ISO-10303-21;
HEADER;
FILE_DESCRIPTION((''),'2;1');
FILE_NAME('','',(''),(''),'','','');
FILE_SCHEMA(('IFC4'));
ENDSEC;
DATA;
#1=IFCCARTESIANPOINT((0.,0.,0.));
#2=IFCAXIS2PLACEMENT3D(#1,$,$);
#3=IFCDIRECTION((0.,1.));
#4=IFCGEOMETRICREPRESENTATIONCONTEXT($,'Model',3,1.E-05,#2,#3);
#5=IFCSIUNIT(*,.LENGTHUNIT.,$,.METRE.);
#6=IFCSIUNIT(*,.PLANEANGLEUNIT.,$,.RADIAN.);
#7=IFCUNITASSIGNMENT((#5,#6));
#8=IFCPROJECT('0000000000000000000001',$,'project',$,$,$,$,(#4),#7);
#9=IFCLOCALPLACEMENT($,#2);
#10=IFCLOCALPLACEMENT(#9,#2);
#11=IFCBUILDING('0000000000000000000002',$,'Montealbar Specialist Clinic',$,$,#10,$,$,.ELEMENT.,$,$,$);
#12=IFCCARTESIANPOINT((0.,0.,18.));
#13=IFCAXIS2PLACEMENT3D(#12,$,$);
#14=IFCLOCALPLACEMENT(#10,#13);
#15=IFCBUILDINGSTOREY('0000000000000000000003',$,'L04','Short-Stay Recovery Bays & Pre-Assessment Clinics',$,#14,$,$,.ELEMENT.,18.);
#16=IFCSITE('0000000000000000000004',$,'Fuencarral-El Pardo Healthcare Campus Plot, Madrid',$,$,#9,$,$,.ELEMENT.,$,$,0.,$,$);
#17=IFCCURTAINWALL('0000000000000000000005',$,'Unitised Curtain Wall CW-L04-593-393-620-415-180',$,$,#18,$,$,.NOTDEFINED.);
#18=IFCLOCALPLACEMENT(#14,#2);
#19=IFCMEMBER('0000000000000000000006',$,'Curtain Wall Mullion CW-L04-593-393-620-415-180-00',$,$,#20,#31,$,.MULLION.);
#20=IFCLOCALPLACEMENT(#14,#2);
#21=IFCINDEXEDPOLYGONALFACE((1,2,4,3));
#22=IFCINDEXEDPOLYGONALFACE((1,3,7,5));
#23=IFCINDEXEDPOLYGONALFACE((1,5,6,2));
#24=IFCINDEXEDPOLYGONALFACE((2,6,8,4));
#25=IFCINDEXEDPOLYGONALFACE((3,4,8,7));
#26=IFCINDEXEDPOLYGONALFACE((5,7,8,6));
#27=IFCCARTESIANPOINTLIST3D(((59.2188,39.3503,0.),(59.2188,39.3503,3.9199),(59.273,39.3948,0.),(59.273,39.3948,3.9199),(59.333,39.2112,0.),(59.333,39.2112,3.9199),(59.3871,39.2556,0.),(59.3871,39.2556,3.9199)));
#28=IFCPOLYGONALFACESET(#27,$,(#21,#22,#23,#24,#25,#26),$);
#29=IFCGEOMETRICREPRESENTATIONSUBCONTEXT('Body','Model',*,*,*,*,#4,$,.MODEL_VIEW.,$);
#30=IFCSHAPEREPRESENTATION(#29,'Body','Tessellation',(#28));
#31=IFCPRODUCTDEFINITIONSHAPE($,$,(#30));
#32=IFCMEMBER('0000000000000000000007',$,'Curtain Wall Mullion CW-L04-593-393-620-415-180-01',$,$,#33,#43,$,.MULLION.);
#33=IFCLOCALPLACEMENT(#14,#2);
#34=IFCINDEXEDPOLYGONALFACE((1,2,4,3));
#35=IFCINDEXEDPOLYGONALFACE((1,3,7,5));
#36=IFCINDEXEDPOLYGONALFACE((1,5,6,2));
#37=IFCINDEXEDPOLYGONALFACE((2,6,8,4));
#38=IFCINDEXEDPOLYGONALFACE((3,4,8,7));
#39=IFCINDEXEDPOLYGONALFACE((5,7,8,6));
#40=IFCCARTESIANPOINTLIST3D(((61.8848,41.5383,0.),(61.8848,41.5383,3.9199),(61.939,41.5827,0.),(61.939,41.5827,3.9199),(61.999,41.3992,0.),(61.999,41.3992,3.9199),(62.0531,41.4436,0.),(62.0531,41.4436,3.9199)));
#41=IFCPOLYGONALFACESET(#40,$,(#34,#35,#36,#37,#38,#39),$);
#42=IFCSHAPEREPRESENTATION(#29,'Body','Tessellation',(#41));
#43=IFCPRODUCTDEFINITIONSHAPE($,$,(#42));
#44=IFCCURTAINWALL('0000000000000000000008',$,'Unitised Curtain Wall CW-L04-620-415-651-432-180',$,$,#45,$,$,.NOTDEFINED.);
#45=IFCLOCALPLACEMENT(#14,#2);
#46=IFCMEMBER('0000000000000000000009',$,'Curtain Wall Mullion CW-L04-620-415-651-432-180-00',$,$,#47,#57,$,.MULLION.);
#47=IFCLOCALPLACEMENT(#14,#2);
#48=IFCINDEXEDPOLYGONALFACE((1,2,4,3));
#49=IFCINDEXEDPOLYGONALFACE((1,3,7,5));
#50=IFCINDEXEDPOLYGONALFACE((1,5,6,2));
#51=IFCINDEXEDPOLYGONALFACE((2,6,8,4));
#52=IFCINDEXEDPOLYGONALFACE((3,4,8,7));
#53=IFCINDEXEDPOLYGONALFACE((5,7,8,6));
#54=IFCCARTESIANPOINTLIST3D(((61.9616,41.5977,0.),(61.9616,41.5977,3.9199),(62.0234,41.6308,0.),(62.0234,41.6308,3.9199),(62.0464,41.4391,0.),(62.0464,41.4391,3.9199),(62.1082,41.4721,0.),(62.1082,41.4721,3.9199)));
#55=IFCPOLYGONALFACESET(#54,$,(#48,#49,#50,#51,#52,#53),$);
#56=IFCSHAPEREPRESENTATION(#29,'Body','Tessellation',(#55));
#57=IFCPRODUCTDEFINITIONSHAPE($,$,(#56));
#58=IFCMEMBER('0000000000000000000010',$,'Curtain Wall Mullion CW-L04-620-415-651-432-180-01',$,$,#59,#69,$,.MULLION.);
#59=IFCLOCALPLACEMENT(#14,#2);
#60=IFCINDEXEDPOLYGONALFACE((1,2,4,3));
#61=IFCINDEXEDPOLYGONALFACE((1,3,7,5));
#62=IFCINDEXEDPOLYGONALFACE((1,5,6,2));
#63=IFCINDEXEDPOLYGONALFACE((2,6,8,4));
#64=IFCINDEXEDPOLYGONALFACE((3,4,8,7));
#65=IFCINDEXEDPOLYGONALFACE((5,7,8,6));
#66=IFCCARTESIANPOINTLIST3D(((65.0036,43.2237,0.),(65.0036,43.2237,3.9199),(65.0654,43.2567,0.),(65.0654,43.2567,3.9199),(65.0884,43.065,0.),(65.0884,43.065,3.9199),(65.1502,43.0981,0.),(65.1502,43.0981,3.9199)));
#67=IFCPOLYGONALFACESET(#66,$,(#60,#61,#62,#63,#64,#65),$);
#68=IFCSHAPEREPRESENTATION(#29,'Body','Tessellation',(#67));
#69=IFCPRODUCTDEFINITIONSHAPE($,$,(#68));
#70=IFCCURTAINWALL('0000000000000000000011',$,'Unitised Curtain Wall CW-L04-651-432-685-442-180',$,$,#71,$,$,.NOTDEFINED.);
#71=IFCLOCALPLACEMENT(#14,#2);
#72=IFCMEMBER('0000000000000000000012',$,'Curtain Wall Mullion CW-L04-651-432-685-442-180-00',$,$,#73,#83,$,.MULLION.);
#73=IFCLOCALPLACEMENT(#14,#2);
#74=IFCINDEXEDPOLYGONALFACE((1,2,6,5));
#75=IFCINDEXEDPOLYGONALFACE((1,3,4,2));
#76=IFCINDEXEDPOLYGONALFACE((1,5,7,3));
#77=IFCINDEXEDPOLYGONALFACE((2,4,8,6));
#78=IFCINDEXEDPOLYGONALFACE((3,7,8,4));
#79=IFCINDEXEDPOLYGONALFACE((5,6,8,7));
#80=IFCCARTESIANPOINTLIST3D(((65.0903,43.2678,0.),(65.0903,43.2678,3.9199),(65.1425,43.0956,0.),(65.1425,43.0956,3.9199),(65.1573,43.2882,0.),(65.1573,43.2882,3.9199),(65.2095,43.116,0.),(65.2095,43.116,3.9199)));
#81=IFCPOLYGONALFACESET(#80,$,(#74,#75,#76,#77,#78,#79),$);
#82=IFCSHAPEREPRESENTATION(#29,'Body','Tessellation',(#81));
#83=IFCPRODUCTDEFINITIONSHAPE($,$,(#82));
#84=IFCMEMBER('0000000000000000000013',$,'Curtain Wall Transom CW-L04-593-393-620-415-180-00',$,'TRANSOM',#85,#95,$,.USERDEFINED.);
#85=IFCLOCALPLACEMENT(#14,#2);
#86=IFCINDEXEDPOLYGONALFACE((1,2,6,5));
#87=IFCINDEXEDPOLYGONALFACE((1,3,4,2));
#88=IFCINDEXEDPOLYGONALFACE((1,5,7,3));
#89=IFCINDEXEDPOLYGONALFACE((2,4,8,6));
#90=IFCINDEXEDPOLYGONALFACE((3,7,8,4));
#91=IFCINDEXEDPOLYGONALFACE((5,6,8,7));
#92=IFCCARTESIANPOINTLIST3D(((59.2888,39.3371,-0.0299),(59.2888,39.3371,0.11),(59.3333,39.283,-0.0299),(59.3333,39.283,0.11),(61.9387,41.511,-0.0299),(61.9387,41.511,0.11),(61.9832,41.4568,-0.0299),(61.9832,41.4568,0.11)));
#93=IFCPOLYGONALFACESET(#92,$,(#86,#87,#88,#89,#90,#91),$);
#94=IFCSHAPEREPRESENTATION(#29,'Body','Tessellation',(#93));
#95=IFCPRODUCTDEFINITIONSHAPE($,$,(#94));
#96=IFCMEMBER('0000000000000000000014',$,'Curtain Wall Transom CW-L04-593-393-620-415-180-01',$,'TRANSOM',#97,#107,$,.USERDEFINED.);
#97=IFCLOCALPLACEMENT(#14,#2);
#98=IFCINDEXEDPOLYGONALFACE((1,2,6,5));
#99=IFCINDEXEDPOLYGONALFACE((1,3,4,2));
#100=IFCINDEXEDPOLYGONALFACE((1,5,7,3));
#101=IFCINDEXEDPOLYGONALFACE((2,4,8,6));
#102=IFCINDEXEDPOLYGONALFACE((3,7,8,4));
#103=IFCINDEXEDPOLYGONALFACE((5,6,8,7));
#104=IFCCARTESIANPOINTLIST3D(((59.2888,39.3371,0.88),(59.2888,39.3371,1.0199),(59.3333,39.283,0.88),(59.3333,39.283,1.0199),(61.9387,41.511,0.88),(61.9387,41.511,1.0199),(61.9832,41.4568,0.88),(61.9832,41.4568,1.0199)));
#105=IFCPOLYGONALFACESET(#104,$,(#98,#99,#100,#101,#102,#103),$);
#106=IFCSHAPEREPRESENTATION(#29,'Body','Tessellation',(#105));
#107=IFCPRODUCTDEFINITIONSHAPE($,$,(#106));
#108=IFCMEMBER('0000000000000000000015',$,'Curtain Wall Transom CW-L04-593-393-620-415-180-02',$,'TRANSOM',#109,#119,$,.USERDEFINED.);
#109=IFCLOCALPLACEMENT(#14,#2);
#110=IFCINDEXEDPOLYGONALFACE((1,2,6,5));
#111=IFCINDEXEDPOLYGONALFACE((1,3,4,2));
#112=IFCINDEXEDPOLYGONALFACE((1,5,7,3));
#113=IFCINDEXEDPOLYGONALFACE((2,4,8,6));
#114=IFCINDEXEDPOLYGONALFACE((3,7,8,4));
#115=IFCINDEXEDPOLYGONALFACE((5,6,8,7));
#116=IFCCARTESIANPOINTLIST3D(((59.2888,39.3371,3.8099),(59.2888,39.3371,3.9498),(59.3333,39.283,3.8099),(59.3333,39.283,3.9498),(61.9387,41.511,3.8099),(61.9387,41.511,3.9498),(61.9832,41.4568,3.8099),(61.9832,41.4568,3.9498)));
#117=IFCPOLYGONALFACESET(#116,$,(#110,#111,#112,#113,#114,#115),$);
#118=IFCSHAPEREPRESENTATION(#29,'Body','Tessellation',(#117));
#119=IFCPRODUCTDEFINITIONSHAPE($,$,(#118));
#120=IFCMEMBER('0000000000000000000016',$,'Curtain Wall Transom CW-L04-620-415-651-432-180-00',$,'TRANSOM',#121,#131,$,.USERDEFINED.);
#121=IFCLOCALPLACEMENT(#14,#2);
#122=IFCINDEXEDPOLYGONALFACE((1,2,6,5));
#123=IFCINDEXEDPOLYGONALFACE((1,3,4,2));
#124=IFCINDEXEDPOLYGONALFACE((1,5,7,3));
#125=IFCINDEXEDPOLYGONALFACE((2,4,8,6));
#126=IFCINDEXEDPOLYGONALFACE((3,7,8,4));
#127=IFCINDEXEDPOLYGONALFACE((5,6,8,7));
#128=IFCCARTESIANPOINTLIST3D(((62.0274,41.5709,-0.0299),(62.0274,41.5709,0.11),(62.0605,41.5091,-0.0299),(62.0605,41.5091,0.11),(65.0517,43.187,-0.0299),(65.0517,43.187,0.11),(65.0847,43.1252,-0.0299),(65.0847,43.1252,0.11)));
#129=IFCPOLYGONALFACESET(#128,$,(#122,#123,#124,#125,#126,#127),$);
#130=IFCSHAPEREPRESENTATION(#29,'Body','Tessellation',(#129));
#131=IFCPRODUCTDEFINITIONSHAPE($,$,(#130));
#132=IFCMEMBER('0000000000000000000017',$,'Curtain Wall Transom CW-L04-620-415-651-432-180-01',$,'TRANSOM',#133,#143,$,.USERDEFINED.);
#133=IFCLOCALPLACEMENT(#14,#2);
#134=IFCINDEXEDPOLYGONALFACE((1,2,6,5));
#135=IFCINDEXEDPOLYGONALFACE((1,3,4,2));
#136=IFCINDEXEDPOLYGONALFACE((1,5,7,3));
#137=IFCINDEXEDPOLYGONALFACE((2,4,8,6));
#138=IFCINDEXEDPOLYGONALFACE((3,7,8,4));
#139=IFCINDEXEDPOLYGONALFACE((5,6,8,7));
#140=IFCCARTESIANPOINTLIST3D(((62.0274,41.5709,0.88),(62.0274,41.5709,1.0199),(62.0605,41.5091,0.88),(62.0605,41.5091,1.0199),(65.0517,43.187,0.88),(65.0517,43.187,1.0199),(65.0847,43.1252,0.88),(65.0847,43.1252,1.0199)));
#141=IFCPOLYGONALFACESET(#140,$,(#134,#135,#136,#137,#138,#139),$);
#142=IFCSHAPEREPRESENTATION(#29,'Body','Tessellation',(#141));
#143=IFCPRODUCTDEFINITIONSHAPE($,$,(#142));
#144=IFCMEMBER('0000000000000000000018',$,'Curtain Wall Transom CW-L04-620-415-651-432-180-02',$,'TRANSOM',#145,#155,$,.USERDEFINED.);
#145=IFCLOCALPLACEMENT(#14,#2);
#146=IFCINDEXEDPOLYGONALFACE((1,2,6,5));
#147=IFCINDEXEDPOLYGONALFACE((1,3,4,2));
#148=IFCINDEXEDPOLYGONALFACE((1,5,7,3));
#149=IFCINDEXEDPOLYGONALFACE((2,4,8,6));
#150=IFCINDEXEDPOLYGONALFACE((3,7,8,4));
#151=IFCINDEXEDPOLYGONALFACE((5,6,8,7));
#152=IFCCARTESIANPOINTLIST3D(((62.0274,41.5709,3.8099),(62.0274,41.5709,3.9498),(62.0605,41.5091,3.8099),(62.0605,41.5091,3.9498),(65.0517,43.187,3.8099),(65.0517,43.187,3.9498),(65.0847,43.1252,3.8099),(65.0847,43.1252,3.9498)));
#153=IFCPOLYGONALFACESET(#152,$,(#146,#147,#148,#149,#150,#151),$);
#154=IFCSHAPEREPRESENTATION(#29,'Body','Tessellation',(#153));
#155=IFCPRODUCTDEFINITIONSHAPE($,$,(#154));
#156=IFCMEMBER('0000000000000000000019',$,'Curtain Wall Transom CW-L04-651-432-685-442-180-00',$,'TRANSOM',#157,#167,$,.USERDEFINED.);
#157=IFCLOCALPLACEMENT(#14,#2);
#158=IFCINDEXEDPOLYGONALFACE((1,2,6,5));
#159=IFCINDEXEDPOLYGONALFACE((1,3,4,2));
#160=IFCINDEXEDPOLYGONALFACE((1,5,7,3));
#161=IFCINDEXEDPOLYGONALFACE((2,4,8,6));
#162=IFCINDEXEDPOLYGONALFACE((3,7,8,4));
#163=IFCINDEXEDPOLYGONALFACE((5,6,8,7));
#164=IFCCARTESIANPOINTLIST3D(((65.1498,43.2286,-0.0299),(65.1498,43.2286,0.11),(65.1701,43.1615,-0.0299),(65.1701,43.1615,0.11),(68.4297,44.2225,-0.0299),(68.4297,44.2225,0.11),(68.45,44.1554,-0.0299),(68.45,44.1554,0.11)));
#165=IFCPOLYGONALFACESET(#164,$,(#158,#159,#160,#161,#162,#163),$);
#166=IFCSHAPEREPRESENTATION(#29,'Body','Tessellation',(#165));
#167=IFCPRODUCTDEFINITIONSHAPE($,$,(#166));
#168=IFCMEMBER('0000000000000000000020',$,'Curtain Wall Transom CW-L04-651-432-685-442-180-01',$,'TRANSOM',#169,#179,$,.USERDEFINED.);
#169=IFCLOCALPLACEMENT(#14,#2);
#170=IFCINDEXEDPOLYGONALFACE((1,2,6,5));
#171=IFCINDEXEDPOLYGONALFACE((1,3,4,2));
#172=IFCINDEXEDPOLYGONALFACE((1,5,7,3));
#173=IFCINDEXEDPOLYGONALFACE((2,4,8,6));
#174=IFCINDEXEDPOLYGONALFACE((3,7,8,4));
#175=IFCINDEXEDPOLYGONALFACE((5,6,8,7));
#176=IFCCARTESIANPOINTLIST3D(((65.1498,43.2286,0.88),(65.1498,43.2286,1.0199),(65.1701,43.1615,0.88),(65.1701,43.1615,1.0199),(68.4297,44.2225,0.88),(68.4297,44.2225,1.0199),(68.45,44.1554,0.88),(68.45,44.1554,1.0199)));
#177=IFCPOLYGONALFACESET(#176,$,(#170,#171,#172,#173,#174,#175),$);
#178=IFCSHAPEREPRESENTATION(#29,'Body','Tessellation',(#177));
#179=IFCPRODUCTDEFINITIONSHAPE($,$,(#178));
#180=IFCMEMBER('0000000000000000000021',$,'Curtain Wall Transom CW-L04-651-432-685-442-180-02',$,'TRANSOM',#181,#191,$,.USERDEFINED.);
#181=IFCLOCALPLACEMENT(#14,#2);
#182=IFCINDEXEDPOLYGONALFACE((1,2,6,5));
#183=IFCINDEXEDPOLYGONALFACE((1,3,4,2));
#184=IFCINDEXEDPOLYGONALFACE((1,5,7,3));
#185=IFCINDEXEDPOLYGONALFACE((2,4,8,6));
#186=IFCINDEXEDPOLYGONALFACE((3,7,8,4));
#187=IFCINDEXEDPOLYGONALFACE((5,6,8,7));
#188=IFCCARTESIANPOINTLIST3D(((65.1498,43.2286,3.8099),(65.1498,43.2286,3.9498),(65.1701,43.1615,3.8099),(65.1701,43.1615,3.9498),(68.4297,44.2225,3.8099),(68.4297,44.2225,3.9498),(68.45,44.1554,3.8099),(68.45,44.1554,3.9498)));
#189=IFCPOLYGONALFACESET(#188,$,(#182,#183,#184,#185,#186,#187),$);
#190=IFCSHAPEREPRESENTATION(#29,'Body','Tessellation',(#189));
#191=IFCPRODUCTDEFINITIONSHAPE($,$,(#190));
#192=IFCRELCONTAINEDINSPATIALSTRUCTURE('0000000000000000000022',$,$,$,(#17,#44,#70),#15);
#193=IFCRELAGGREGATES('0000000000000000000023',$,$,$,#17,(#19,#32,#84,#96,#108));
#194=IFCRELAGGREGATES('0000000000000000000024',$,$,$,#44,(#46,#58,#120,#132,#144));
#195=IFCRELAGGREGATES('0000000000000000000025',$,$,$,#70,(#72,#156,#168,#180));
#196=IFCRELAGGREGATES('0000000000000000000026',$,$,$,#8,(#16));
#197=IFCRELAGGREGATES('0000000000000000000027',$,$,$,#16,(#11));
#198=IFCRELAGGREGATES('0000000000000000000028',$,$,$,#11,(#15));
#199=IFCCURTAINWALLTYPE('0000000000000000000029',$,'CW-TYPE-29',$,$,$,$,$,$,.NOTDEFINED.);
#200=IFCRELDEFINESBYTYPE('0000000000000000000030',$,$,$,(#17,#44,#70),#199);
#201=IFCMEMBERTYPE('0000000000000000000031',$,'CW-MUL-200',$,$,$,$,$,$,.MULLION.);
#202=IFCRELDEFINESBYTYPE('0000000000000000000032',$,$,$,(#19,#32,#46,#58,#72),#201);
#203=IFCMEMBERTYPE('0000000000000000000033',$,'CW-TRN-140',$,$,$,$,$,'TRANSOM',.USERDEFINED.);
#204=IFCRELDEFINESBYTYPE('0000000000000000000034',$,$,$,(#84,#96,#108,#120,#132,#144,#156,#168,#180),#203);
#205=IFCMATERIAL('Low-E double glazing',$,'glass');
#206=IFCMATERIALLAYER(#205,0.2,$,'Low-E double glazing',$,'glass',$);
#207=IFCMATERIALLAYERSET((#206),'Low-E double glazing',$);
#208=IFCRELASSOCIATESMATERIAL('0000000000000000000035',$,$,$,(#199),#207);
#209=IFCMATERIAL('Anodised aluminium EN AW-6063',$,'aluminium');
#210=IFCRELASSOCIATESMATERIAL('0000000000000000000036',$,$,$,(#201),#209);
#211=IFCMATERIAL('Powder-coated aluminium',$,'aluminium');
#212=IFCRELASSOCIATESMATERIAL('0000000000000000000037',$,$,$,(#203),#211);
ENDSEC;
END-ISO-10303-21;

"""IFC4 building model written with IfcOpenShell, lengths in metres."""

from ifc_helpers import new_model, si_unit, direction, frame, origin, origin_2d, place, context, subcontext, project, spatial, rectangle, extrude, material, layer, layer_set, material_profile, profile_set, type_object, element, aggregate, save


model = new_model("IFC4")

# Units and contexts
model_context = context("Model", 3, precision=1e-05, world=origin(), true_north=direction((0.0, 1.0)))
body_context = subcontext(model_context, "Body", "Model", "MODEL_VIEW")
ifc_project = project(units=[si_unit("LENGTHUNIT", "METRE"), si_unit("PLANEANGLEUNIT", "RADIAN")], contexts=[model_context])

# Site, building, storey
site_placement = place(None, origin())
site = spatial("IfcSite", under=ifc_project, at=site_placement, Name="Fuencarral-El Pardo Healthcare Campus Plot, Madrid", CompositionType="ELEMENT", RefElevation=0.0)
building_placement = place(site_placement, origin())
building = spatial("IfcBuilding", under=site, at=building_placement, Name="Montealbar Specialist Clinic", CompositionType="ELEMENT")
storey_placement = place(building_placement, frame((0.0, 0.0, 18.0)))
storey = spatial("IfcBuildingStorey", under=building, at=storey_placement, Name="L04", Description="Short-Stay Recovery Bays & Pre-Assessment Clinics", CompositionType="ELEMENT", Elevation=18.0)

# Curtain walls, members
ifc_material_1 = material(Name="Low-E double glazing", Category="glass")
ifc_layer_1 = layer(ifc_material_1, 0.2, Name="Low-E double glazing", Category="glass")
ifc_layer_set_1 = layer_set([ifc_layer_1], Name="Low-E double glazing")
curtain_wall_type = type_object("IfcCurtainWallType", Name="CW-TYPE-29", PredefinedType="NOTDEFINED", material=ifc_layer_set_1)
curtain_wall_1_placement = place(storey_placement, origin())
curtain_wall_1 = element("IfcCurtainWall", 1, at=curtain_wall_1_placement, inside=storey, type_object=curtain_wall_type, Name="Unitised Curtain Wall CW-L04-593-393-620-415-180", PredefinedType="NOTDEFINED")
ifc_material_2 = material(Name="Anodised aluminium EN AW-6063", Category="aluminium")
ifc_material_profile_1 = material_profile(ifc_material_2, rectangle(XDim=0.0701, YDim=0.1799, at=origin_2d()), Name="ALU 70x180", Category="aluminium")
ifc_profile_set_1 = profile_set([ifc_material_profile_1], Name="Anodised aluminium EN AW-6063")
member_type_1 = type_object("IfcMemberType", Name="CW-MUL-200", PredefinedType="MULLION", material=ifc_profile_set_1)
member_1_placement = place(storey_placement, frame((59.303, 39.303, 0.0), z_axis=(0.0, 0.0, 1.0), x_axis=(0.773123, 0.634256, 0.0)))
member_1 = element("IfcMember", 2, at=member_1_placement, type_object=member_type_1, Name="Curtain Wall Mullion CW-L04-593-393-620-415-180-00", PredefinedType="MULLION", context=body_context, shape_type="SweptSolid", body=[
    extrude(rectangle(XDim=0.0701, YDim=0.1799, at=origin_2d()), origin(), (0.0, 0.0, 1.0), 3.9199),
])
member_2_placement = place(storey_placement, frame((61.969, 41.491, 0.0), z_axis=(0.0, 0.0, 1.0), x_axis=(0.773123, 0.634256, 0.0)))
member_2 = element("IfcMember", 3, at=member_2_placement, type_object=member_type_1, Name="Curtain Wall Mullion CW-L04-593-393-620-415-180-01", PredefinedType="MULLION", context=body_context, shape_type="SweptSolid", body=[
    extrude(rectangle(XDim=0.0701, YDim=0.1799, at=origin_2d()), origin(), (0.0, 0.0, 1.0), 3.9199),
])
curtain_wall_2_placement = place(storey_placement, origin())
curtain_wall_2 = element("IfcCurtainWall", 4, at=curtain_wall_2_placement, inside=storey, type_object=curtain_wall_type, Name="Unitised Curtain Wall CW-L04-620-415-651-432-180", PredefinedType="NOTDEFINED")
member_3_placement = place(storey_placement, frame((62.0349, 41.5349, 0.0), z_axis=(0.0, 0.0, 1.0), x_axis=(0.88185, 0.471529, 0.0)))
member_3 = element("IfcMember", 5, at=member_3_placement, type_object=member_type_1, Name="Curtain Wall Mullion CW-L04-620-415-651-432-180-00", PredefinedType="MULLION", context=body_context, shape_type="SweptSolid", body=[
    extrude(rectangle(XDim=0.0701, YDim=0.1799, at=origin_2d()), origin(), (0.0, 0.0, 1.0), 3.9199),
])
member_4_placement = place(storey_placement, frame((65.0769, 43.1609, 0.0), z_axis=(0.0, 0.0, 1.0), x_axis=(0.88185, 0.471529, 0.0)))
member_4 = element("IfcMember", 6, at=member_4_placement, type_object=member_type_1, Name="Curtain Wall Mullion CW-L04-620-415-651-432-180-01", PredefinedType="MULLION", context=body_context, shape_type="SweptSolid", body=[
    extrude(rectangle(XDim=0.0701, YDim=0.1799, at=origin_2d()), origin(), (0.0, 0.0, 1.0), 3.9199),
])

# Curtain wall, member
curtain_wall_3_placement = place(storey_placement, origin())
curtain_wall_3 = element("IfcCurtainWall", 7, at=curtain_wall_3_placement, inside=storey, type_object=curtain_wall_type, Name="Unitised Curtain Wall CW-L04-651-432-685-442-180", PredefinedType="NOTDEFINED")
member_5_placement = place(storey_placement, frame((65.1499, 43.1919, 0.0), z_axis=(0.0, 0.0, 1.0), x_axis=(0.956948, 0.290259, 0.0)))
member_5 = element("IfcMember", 8, at=member_5_placement, type_object=member_type_1, Name="Curtain Wall Mullion CW-L04-651-432-685-442-180-00", PredefinedType="MULLION", context=body_context, shape_type="SweptSolid", body=[
    extrude(rectangle(XDim=0.0701, YDim=0.1799, at=origin_2d()), origin(), (0.0, 0.0, 1.0), 3.9199),
])

# Members
ifc_material_3 = material(Name="Powder-coated aluminium", Category="aluminium")
ifc_material_profile_2 = material_profile(ifc_material_3, rectangle(XDim=0.0701, YDim=0.1399, at=origin_2d()), Name="ALU 70x140", Category="aluminium")
ifc_profile_set_2 = profile_set([ifc_material_profile_2], Name="Powder-coated aluminium")
member_type_2 = type_object("IfcMemberType", Name="CW-TRN-140", ElementType="TRANSOM", PredefinedType="USERDEFINED", material=ifc_profile_set_2)
member_6_placement = place(storey_placement, frame((59.311, 39.3101, 0.04), z_axis=(0.773138, 0.634238, 0.0), x_axis=(-0.634238, 0.773138, 0.0)))
member_6 = element("IfcMember", 9, at=member_6_placement, type_object=member_type_2, Name="Curtain Wall Transom CW-L04-593-393-620-415-180-00", ObjectType="TRANSOM", PredefinedType="USERDEFINED", context=body_context, shape_type="SweptSolid", body=[
    extrude(rectangle(XDim=0.0701, YDim=0.1399, at=origin_2d()), origin(), (0.0, 0.0, 1.0), 3.4275),
])
member_7_placement = place(storey_placement, frame((59.311, 39.3101, 0.95), z_axis=(0.773138, 0.634238, 0.0), x_axis=(-0.634238, 0.773138, 0.0)))
member_7 = element("IfcMember", 10, at=member_7_placement, type_object=member_type_2, Name="Curtain Wall Transom CW-L04-593-393-620-415-180-01", ObjectType="TRANSOM", PredefinedType="USERDEFINED", context=body_context, shape_type="SweptSolid", body=[
    extrude(rectangle(XDim=0.0701, YDim=0.1399, at=origin_2d()), origin(), (0.0, 0.0, 1.0), 3.4275),
])
member_8_placement = place(storey_placement, frame((59.311, 39.3101, 3.8799), z_axis=(0.773138, 0.634238, 0.0), x_axis=(-0.634238, 0.773138, 0.0)))
member_8 = element("IfcMember", 11, at=member_8_placement, type_object=member_type_2, Name="Curtain Wall Transom CW-L04-593-393-620-415-180-02", ObjectType="TRANSOM", PredefinedType="USERDEFINED", context=body_context, shape_type="SweptSolid", body=[
    extrude(rectangle(XDim=0.0701, YDim=0.1399, at=origin_2d()), origin(), (0.0, 0.0, 1.0), 3.4275),
])
member_9_placement = place(storey_placement, frame((62.0439, 41.54, 0.04), z_axis=(0.88198, 0.471287, 0.0), x_axis=(-0.471287, 0.88198, 0.0)))
member_9 = element("IfcMember", 12, at=member_9_placement, type_object=member_type_2, Name="Curtain Wall Transom CW-L04-620-415-651-432-180-00", ObjectType="TRANSOM", PredefinedType="USERDEFINED", context=body_context, shape_type="SweptSolid", body=[
    extrude(rectangle(XDim=0.0701, YDim=0.1399, at=origin_2d()), origin(), (0.0, 0.0, 1.0), 3.429),
])
member_10_placement = place(storey_placement, frame((62.0439, 41.54, 0.95), z_axis=(0.88198, 0.471287, 0.0), x_axis=(-0.471287, 0.88198, 0.0)))
member_10 = element("IfcMember", 13, at=member_10_placement, type_object=member_type_2, Name="Curtain Wall Transom CW-L04-620-415-651-432-180-01", ObjectType="TRANSOM", PredefinedType="USERDEFINED", context=body_context, shape_type="SweptSolid", body=[
    extrude(rectangle(XDim=0.0701, YDim=0.1399, at=origin_2d()), origin(), (0.0, 0.0, 1.0), 3.429),
])
member_11_placement = place(storey_placement, frame((62.0439, 41.54, 3.8799), z_axis=(0.88198, 0.471287, 0.0), x_axis=(-0.471287, 0.88198, 0.0)))
member_11 = element("IfcMember", 14, at=member_11_placement, type_object=member_type_2, Name="Curtain Wall Transom CW-L04-620-415-651-432-180-02", ObjectType="TRANSOM", PredefinedType="USERDEFINED", context=body_context, shape_type="SweptSolid", body=[
    extrude(rectangle(XDim=0.0701, YDim=0.1399, at=origin_2d()), origin(), (0.0, 0.0, 1.0), 3.429),
])
member_12_placement = place(storey_placement, frame((65.1599, 43.1951, 0.04), z_axis=(0.957029, 0.289994, 0.0), x_axis=(-0.289994, 0.957029, 0.0)))
member_12 = element("IfcMember", 15, at=member_12_placement, type_object=member_type_2, Name="Curtain Wall Transom CW-L04-651-432-685-442-180-00", ObjectType="TRANSOM", PredefinedType="USERDEFINED", context=body_context, shape_type="SweptSolid", body=[
    extrude(rectangle(XDim=0.0701, YDim=0.1399, at=origin_2d()), origin(), (0.0, 0.0, 1.0), 3.4272),
])
member_13_placement = place(storey_placement, frame((65.1599, 43.1951, 0.95), z_axis=(0.957029, 0.289994, 0.0), x_axis=(-0.289994, 0.957029, 0.0)))
member_13 = element("IfcMember", 16, at=member_13_placement, type_object=member_type_2, Name="Curtain Wall Transom CW-L04-651-432-685-442-180-01", ObjectType="TRANSOM", PredefinedType="USERDEFINED", context=body_context, shape_type="SweptSolid", body=[
    extrude(rectangle(XDim=0.0701, YDim=0.1399, at=origin_2d()), origin(), (0.0, 0.0, 1.0), 3.4272),
])
member_14_placement = place(storey_placement, frame((65.1599, 43.1951, 3.8799), z_axis=(0.957029, 0.289994, 0.0), x_axis=(-0.289994, 0.957029, 0.0)))
member_14 = element("IfcMember", 17, at=member_14_placement, type_object=member_type_2, Name="Curtain Wall Transom CW-L04-651-432-685-442-180-02", ObjectType="TRANSOM", PredefinedType="USERDEFINED", context=body_context, shape_type="SweptSolid", body=[
    extrude(rectangle(XDim=0.0701, YDim=0.1399, at=origin_2d()), origin(), (0.0, 0.0, 1.0), 3.4272),
])

aggregate(curtain_wall_1, [member_1, member_2, member_6, member_7, member_8])
aggregate(curtain_wall_2, [member_3, member_4, member_9, member_10, member_11])
aggregate(curtain_wall_3, [member_5, member_12, member_13, member_14])

save(model, "model.ifc")
